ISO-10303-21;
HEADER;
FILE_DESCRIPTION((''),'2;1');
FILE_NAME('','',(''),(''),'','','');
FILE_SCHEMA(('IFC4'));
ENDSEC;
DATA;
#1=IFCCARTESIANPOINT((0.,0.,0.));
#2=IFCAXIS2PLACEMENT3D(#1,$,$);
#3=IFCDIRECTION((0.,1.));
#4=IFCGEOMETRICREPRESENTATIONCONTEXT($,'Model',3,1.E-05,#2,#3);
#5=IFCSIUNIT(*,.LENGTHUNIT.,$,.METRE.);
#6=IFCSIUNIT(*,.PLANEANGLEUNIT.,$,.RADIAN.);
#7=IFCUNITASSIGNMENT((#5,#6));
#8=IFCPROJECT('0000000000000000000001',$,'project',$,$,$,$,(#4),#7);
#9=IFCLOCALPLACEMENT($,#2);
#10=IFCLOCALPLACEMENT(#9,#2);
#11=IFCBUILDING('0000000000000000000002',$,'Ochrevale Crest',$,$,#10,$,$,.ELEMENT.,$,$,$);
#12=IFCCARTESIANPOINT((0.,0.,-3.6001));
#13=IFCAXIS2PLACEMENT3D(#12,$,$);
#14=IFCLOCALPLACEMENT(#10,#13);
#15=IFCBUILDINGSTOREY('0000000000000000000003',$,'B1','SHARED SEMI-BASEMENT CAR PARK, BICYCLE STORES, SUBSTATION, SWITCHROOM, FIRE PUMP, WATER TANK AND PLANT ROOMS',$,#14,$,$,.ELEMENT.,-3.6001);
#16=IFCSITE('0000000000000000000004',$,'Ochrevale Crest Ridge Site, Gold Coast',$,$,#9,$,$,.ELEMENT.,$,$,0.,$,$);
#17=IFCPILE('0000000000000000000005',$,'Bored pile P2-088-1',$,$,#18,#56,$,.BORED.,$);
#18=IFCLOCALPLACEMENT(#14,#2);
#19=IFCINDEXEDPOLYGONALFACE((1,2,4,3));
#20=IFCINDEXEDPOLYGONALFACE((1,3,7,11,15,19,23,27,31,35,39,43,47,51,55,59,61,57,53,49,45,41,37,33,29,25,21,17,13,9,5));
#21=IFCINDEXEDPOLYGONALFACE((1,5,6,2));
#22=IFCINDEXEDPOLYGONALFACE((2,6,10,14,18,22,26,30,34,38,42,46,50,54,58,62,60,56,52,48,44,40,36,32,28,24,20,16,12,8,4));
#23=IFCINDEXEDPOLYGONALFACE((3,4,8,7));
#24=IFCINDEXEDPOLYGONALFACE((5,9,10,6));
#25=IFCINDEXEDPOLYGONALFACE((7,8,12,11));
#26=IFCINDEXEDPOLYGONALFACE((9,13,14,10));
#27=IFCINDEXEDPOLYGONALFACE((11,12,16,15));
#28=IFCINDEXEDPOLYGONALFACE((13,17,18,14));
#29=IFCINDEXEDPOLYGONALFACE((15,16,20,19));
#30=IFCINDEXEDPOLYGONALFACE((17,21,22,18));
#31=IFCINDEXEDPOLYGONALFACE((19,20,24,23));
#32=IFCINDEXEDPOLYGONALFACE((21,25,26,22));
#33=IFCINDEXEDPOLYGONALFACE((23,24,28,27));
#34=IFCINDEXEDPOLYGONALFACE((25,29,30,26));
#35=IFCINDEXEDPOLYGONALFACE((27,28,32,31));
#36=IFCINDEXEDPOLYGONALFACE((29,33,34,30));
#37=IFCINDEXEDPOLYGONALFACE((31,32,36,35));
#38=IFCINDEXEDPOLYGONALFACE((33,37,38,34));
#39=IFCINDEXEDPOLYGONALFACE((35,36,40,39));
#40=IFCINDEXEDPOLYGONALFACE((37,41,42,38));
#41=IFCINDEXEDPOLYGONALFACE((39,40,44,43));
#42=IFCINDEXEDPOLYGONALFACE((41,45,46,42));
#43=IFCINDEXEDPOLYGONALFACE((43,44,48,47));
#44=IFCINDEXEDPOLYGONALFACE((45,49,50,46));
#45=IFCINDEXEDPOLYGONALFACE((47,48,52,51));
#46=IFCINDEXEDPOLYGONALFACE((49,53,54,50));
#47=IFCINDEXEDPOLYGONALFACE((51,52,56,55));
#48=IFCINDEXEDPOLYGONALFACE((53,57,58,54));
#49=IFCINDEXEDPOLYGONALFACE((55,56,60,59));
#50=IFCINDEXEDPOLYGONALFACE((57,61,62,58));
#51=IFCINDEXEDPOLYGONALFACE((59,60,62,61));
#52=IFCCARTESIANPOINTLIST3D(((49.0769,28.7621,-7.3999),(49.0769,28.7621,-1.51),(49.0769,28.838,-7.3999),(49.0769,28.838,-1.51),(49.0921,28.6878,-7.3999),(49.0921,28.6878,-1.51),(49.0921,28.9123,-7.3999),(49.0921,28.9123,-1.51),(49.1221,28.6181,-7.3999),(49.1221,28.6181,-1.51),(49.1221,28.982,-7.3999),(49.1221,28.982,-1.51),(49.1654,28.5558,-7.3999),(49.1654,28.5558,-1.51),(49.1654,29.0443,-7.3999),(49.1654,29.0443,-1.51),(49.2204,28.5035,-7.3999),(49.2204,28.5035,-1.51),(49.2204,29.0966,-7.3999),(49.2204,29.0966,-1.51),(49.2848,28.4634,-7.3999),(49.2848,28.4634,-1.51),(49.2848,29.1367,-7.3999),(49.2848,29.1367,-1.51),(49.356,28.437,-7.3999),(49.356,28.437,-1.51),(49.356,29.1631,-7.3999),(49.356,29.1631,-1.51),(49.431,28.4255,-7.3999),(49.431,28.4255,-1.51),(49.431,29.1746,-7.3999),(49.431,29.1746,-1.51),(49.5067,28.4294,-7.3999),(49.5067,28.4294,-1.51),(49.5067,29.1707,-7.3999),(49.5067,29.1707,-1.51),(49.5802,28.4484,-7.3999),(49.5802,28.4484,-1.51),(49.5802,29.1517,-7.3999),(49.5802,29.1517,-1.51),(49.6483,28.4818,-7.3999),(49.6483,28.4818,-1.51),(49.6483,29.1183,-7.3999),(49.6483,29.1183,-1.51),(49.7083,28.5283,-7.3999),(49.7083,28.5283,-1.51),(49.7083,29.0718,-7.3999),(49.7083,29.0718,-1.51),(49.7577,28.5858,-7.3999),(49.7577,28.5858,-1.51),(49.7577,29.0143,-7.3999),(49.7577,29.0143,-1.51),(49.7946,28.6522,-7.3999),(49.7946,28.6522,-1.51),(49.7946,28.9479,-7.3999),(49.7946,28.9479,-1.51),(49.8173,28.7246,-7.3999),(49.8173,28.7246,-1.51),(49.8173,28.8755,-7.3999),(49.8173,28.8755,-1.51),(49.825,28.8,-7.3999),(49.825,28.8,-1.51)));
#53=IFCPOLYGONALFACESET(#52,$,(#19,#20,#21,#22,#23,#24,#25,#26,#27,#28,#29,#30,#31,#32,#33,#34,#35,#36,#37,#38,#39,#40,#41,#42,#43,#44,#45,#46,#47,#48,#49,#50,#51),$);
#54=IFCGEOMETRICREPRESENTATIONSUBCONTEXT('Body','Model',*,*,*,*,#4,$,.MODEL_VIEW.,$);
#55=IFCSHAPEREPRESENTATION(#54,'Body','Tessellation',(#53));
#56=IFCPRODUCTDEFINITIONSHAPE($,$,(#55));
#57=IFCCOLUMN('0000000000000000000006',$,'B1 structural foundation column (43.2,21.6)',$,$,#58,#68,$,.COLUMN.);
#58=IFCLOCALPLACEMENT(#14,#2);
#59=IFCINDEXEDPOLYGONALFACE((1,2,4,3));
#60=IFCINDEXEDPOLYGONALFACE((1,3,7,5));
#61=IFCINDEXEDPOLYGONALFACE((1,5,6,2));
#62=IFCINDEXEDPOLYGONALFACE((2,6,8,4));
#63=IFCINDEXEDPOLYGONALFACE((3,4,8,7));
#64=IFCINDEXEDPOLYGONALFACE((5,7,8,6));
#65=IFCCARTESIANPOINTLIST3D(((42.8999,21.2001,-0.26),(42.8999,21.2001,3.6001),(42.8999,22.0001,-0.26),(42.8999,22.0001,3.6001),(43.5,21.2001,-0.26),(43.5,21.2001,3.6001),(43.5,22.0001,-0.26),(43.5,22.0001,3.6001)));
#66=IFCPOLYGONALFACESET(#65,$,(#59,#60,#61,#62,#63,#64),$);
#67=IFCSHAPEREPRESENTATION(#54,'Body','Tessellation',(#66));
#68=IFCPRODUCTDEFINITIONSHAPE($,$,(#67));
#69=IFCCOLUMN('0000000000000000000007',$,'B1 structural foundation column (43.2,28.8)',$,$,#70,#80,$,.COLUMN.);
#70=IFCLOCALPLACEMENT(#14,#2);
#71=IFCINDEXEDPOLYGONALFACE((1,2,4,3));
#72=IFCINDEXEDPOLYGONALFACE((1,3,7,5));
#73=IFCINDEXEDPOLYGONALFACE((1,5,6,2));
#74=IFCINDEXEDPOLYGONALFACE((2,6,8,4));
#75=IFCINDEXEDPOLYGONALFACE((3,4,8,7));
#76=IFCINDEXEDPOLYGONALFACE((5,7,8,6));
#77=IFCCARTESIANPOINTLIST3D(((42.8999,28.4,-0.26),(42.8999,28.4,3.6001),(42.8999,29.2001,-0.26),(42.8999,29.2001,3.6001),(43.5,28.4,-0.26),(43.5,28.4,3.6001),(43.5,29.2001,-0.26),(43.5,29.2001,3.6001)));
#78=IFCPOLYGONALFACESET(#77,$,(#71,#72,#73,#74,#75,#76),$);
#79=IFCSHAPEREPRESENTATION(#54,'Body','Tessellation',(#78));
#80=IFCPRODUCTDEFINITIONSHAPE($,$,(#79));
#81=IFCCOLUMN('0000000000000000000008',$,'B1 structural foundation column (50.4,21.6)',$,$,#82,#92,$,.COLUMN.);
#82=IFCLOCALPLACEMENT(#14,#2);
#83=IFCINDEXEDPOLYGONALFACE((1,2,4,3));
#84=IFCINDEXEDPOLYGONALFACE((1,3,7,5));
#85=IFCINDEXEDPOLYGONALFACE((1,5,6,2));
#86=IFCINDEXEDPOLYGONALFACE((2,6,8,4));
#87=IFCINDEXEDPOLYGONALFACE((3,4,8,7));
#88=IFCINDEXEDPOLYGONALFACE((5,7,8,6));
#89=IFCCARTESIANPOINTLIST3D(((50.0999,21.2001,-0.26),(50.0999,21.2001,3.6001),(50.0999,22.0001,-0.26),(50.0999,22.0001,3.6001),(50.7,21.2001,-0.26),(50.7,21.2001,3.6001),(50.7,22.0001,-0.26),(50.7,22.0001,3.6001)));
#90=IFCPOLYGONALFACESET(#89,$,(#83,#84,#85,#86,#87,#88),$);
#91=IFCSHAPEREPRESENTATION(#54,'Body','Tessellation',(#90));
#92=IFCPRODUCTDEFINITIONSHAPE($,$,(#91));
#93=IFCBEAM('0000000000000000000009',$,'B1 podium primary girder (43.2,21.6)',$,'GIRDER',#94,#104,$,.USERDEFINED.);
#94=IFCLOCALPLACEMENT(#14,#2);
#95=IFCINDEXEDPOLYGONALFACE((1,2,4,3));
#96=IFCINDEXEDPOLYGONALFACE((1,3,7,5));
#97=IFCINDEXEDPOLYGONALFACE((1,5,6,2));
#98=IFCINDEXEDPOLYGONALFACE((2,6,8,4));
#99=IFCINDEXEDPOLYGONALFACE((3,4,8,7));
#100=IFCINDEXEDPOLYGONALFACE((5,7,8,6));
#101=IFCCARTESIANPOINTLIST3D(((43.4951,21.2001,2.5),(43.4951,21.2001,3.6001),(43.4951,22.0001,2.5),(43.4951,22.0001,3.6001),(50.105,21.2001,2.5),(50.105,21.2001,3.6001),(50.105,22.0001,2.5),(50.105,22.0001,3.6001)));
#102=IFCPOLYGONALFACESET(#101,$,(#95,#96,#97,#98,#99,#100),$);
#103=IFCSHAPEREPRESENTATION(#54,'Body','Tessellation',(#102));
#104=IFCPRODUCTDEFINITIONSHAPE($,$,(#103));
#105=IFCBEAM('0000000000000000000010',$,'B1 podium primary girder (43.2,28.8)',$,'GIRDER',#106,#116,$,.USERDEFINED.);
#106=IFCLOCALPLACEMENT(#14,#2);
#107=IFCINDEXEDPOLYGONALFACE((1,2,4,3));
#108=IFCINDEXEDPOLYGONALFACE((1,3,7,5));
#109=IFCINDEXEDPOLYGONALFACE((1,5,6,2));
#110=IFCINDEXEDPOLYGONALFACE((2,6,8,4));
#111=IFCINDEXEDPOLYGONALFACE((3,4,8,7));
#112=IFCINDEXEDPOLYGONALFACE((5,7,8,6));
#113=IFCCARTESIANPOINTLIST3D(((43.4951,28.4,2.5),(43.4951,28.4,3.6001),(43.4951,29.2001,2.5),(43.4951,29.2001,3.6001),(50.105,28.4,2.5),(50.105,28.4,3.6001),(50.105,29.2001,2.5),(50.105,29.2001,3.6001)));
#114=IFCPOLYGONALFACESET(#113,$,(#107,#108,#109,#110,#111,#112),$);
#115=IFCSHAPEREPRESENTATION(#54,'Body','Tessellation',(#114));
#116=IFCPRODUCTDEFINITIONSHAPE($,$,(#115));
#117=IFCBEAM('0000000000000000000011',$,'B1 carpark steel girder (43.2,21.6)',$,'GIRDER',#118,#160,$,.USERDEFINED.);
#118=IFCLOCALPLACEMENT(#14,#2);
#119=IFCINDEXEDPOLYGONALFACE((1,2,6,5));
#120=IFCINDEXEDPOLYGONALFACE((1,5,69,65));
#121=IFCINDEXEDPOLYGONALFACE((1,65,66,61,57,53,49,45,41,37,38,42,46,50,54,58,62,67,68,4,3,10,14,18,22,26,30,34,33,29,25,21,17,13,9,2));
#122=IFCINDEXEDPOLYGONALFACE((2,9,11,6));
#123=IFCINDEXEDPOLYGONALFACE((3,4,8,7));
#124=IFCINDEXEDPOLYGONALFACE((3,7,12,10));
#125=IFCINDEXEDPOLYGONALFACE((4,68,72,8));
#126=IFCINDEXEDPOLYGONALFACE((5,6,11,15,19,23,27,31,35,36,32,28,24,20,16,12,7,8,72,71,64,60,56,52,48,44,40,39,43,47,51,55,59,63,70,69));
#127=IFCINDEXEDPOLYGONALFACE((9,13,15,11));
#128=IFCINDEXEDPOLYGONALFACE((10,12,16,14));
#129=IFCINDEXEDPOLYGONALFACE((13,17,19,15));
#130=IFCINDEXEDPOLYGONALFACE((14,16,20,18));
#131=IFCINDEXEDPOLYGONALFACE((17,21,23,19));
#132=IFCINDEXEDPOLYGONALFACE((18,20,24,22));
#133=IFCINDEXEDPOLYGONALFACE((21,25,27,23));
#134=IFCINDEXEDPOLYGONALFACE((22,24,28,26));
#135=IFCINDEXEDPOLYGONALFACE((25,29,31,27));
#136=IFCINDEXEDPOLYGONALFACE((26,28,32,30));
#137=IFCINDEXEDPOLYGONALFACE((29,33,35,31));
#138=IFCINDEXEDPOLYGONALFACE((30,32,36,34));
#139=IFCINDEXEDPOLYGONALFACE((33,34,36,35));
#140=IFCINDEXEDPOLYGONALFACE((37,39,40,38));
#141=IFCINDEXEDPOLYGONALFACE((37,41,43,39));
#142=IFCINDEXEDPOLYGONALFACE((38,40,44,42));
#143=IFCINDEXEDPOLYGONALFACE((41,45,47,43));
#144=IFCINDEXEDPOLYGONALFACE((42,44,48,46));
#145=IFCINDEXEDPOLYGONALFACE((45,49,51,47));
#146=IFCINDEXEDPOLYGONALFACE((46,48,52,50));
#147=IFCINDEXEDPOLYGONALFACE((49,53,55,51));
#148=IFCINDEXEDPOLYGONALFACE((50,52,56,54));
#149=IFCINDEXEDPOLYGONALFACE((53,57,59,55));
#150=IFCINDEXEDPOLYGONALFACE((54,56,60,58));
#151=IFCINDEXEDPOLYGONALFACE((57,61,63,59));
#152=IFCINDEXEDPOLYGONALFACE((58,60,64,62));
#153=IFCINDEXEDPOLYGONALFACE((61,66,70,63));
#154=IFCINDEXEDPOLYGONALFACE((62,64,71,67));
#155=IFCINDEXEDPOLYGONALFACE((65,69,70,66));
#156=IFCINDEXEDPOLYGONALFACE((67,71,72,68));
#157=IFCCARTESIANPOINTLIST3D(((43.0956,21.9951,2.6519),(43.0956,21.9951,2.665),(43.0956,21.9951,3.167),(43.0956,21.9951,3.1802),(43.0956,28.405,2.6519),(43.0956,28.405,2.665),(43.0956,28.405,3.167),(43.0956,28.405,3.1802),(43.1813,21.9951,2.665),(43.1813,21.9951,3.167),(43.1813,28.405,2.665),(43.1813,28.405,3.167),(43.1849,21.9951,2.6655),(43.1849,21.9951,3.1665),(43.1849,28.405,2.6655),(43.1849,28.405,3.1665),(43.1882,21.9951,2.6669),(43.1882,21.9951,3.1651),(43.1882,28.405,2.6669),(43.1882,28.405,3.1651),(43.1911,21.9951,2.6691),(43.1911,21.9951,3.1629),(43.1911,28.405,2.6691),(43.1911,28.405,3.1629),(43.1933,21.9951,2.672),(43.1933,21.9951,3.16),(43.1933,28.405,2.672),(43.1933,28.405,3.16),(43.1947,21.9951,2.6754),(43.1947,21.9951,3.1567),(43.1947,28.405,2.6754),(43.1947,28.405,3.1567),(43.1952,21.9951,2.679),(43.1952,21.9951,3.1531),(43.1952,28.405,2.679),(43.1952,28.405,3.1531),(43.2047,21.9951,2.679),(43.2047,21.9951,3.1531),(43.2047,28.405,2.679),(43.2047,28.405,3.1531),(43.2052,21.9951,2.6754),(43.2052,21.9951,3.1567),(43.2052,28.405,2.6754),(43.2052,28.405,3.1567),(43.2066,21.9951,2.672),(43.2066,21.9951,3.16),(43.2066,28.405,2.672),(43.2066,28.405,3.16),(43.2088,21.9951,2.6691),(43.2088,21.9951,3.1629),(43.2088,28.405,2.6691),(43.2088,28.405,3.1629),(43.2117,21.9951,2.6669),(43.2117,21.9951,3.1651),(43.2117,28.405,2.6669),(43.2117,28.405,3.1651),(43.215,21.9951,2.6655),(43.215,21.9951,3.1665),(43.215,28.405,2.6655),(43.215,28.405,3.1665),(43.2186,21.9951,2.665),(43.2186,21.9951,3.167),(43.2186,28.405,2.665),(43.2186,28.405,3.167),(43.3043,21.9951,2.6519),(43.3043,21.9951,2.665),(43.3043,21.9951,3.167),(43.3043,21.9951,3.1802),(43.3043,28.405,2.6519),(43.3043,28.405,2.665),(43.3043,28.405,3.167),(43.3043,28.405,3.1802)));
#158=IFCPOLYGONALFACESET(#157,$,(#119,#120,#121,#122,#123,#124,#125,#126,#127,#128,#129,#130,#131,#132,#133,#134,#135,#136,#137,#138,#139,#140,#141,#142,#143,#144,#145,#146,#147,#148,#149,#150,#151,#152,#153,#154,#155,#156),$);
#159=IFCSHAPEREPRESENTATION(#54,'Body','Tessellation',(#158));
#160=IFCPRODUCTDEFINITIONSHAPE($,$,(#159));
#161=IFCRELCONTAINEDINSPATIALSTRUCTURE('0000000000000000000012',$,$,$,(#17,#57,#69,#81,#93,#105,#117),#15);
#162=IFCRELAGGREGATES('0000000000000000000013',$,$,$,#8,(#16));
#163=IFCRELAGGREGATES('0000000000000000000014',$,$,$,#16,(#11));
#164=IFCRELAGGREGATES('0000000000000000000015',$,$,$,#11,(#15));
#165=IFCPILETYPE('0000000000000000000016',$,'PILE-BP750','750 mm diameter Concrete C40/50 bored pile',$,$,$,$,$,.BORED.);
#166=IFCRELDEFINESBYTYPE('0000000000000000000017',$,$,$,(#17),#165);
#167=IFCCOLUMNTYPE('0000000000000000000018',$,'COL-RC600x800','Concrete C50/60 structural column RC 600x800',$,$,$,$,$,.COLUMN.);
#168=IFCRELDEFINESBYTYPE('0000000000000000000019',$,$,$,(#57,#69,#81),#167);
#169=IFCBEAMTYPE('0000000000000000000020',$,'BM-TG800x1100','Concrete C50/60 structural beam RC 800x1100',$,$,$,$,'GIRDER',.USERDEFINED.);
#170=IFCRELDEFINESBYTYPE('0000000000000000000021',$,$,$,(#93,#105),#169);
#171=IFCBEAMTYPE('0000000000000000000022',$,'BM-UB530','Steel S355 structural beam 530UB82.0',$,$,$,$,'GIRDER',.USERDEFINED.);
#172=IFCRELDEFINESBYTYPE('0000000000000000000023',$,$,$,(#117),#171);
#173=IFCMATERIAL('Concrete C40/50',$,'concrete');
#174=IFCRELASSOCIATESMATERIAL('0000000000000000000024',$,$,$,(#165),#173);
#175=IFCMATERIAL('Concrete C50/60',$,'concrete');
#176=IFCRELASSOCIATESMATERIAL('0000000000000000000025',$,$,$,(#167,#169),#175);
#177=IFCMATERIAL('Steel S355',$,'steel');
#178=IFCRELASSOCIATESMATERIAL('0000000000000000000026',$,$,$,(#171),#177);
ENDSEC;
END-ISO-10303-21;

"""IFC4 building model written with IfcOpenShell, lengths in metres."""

from ifc_helpers import new_model, si_unit, direction, frame, origin, origin_2d, place, context, subcontext, project, spatial, rectangle, circle, i_section, extrude, material, material_profile, profile_set, type_object, element, save


model = new_model("IFC4")

# Units and contexts
model_context = context("Model", 3, precision=1e-05, world=origin(), true_north=direction((0.0, 1.0)))
body_context = subcontext(model_context, "Body", "Model", "MODEL_VIEW")
ifc_project = project(units=[si_unit("LENGTHUNIT", "METRE"), si_unit("PLANEANGLEUNIT", "RADIAN")], contexts=[model_context])

# Site, building, storey
site_placement = place(None, origin())
site = spatial("IfcSite", under=ifc_project, at=site_placement, Name="Ochrevale Crest Ridge Site, Gold Coast", CompositionType="ELEMENT", RefElevation=0.0)
building_placement = place(site_placement, origin())
building = spatial("IfcBuilding", under=site, at=building_placement, Name="Ochrevale Crest", CompositionType="ELEMENT")
storey_placement = place(building_placement, frame((0.0, 0.0, -3.6001)))
storey = spatial("IfcBuildingStorey", under=building, at=storey_placement, Name="B1", Description="SHARED SEMI-BASEMENT CAR PARK, BICYCLE STORES, SUBSTATION, SWITCHROOM, FIRE PUMP, WATER TANK AND PLANT ROOMS", CompositionType="ELEMENT", Elevation=-3.6001)

# Shared definitions
ifc_material_1 = material(Name="Concrete C40/50", Category="concrete")

# Pile
ifc_material_profile_1 = material_profile(ifc_material_1, circle(Radius=0.375, at=origin_2d()), Name="BORED PILE 750")
ifc_profile_set_1 = profile_set([ifc_material_profile_1], Name="Concrete C40/50")
pile_type_1 = type_object("IfcPileType", Name="PILE-BP750", Description="750 mm diameter Concrete C40/50 bored pile", PredefinedType="BORED", material=ifc_profile_set_1)
for number, where, z_axis, x_axis, name in (
    (1, (49.45, 28.8, -1.51), (0.0, 0.0, -1.0), (1.0, 0.0, 0.0), "Bored pile P2-088-1"),
):
    element("IfcPile", number, at=place(storey_placement, frame(where, z_axis=z_axis, x_axis=x_axis)), inside=storey, type_object=pile_type_1, Name=name, PredefinedType="BORED", context=body_context, shape_type="SweptSolid", body=[
        extrude(circle(Radius=0.375, at=origin_2d()), origin(), (0.0, 0.0, 1.0), 5.8899),
    ])

# Columns
ifc_material_2 = material(Name="Concrete C50/60", Category="concrete")
ifc_material_profile_2 = material_profile(ifc_material_2, rectangle(XDim=0.6001, YDim=0.8, at=origin_2d()), Name="RC 600x800")
ifc_profile_set_2 = profile_set([ifc_material_profile_2], Name="Concrete C50/60")
column_type = type_object("IfcColumnType", Name="COL-RC600x800", Description="Concrete C50/60 structural column RC 600x800", PredefinedType="COLUMN", material=ifc_profile_set_2)
for number, where, z_axis, x_axis, name in (
    (2, (43.2, 21.6001, -0.26), (0.0, 0.0, 1.0), (1.0, 0.0, 0.0), "B1 structural foundation column (43.2,21.6)"),
    (3, (43.2, 28.8, -0.26), (0.0, 0.0, 1.0), (1.0, 0.0, 0.0), "B1 structural foundation column (43.2,28.8)"),
    (4, (50.3999, 21.6001, -0.26), (0.0, 0.0, 1.0), (1.0, 0.0, 0.0), "B1 structural foundation column (50.4,21.6)"),
):
    element("IfcColumn", number, at=place(storey_placement, frame(where, z_axis=z_axis, x_axis=x_axis)), inside=storey, type_object=column_type, Name=name, PredefinedType="COLUMN", context=body_context, shape_type="SweptSolid", body=[
        extrude(rectangle(XDim=0.6001, YDim=0.8, at=origin_2d()), origin(), (0.0, 0.0, 1.0), 3.8601),
    ])

# Beams
ifc_material_profile_3 = material_profile(ifc_material_2, rectangle(XDim=0.8, YDim=1.1001, at=origin_2d()), Name="RC 800x1100")
ifc_profile_set_3 = profile_set([ifc_material_profile_3], Name="Concrete C50/60")
beam_type_1 = type_object("IfcBeamType", Name="BM-TG800x1100", Description="Concrete C50/60 structural beam RC 800x1100", ElementType="GIRDER", PredefinedType="USERDEFINED", material=ifc_profile_set_3)
for number, where, z_axis, x_axis, name in (
    (5, (43.4951, 21.6001, 3.05), (1.0, 0.0, 0.0), (0.0, 1.0, 0.0), "B1 podium primary girder (43.2,21.6)"),
    (6, (43.4951, 28.8, 3.05), (1.0, 0.0, 0.0), (0.0, 1.0, 0.0), "B1 podium primary girder (43.2,28.8)"),
):
    element("IfcBeam", number, at=place(storey_placement, frame(where, z_axis=z_axis, x_axis=x_axis)), inside=storey, type_object=beam_type_1, Name=name, ObjectType="GIRDER", PredefinedType="USERDEFINED", context=body_context, shape_type="SweptSolid", body=[
        extrude(rectangle(XDim=0.8, YDim=1.1001, at=origin_2d()), origin(), (0.0, 0.0, 1.0), 6.6099),
    ])
ifc_material_3 = material(Name="Steel S355", Category="steel")
ifc_material_profile_4 = material_profile(ifc_material_3, i_section(OverallWidth=0.2087, OverallDepth=0.5283, WebThickness=0.0095, FlangeThickness=0.0132, FilletRadius=0.0139, at=origin_2d()), Name="530UB82.0")
ifc_profile_set_4 = profile_set([ifc_material_profile_4], Name="Steel S355")
beam_type_2 = type_object("IfcBeamType", Name="BM-UB530", Description="Steel S355 structural beam 530UB82.0", ElementType="GIRDER", PredefinedType="USERDEFINED", material=ifc_profile_set_4)
beam_placement = place(storey_placement, frame((43.2, 21.9951, 2.916), z_axis=(0.0, 1.0, 0.0), x_axis=(-1.0, 0.0, 0.0)))
element("IfcBeam", 7, at=beam_placement, inside=storey, type_object=beam_type_2, Name="B1 carpark steel girder (43.2,21.6)", ObjectType="GIRDER", PredefinedType="USERDEFINED", context=body_context, shape_type="SweptSolid", body=[
    extrude(i_section(OverallWidth=0.2087, OverallDepth=0.5283, WebThickness=0.0095, FlangeThickness=0.0132, FilletRadius=0.0139, at=origin_2d()), origin(), (0.0, 0.0, 1.0), 6.4099),
])

save(model, "model.ifc")
